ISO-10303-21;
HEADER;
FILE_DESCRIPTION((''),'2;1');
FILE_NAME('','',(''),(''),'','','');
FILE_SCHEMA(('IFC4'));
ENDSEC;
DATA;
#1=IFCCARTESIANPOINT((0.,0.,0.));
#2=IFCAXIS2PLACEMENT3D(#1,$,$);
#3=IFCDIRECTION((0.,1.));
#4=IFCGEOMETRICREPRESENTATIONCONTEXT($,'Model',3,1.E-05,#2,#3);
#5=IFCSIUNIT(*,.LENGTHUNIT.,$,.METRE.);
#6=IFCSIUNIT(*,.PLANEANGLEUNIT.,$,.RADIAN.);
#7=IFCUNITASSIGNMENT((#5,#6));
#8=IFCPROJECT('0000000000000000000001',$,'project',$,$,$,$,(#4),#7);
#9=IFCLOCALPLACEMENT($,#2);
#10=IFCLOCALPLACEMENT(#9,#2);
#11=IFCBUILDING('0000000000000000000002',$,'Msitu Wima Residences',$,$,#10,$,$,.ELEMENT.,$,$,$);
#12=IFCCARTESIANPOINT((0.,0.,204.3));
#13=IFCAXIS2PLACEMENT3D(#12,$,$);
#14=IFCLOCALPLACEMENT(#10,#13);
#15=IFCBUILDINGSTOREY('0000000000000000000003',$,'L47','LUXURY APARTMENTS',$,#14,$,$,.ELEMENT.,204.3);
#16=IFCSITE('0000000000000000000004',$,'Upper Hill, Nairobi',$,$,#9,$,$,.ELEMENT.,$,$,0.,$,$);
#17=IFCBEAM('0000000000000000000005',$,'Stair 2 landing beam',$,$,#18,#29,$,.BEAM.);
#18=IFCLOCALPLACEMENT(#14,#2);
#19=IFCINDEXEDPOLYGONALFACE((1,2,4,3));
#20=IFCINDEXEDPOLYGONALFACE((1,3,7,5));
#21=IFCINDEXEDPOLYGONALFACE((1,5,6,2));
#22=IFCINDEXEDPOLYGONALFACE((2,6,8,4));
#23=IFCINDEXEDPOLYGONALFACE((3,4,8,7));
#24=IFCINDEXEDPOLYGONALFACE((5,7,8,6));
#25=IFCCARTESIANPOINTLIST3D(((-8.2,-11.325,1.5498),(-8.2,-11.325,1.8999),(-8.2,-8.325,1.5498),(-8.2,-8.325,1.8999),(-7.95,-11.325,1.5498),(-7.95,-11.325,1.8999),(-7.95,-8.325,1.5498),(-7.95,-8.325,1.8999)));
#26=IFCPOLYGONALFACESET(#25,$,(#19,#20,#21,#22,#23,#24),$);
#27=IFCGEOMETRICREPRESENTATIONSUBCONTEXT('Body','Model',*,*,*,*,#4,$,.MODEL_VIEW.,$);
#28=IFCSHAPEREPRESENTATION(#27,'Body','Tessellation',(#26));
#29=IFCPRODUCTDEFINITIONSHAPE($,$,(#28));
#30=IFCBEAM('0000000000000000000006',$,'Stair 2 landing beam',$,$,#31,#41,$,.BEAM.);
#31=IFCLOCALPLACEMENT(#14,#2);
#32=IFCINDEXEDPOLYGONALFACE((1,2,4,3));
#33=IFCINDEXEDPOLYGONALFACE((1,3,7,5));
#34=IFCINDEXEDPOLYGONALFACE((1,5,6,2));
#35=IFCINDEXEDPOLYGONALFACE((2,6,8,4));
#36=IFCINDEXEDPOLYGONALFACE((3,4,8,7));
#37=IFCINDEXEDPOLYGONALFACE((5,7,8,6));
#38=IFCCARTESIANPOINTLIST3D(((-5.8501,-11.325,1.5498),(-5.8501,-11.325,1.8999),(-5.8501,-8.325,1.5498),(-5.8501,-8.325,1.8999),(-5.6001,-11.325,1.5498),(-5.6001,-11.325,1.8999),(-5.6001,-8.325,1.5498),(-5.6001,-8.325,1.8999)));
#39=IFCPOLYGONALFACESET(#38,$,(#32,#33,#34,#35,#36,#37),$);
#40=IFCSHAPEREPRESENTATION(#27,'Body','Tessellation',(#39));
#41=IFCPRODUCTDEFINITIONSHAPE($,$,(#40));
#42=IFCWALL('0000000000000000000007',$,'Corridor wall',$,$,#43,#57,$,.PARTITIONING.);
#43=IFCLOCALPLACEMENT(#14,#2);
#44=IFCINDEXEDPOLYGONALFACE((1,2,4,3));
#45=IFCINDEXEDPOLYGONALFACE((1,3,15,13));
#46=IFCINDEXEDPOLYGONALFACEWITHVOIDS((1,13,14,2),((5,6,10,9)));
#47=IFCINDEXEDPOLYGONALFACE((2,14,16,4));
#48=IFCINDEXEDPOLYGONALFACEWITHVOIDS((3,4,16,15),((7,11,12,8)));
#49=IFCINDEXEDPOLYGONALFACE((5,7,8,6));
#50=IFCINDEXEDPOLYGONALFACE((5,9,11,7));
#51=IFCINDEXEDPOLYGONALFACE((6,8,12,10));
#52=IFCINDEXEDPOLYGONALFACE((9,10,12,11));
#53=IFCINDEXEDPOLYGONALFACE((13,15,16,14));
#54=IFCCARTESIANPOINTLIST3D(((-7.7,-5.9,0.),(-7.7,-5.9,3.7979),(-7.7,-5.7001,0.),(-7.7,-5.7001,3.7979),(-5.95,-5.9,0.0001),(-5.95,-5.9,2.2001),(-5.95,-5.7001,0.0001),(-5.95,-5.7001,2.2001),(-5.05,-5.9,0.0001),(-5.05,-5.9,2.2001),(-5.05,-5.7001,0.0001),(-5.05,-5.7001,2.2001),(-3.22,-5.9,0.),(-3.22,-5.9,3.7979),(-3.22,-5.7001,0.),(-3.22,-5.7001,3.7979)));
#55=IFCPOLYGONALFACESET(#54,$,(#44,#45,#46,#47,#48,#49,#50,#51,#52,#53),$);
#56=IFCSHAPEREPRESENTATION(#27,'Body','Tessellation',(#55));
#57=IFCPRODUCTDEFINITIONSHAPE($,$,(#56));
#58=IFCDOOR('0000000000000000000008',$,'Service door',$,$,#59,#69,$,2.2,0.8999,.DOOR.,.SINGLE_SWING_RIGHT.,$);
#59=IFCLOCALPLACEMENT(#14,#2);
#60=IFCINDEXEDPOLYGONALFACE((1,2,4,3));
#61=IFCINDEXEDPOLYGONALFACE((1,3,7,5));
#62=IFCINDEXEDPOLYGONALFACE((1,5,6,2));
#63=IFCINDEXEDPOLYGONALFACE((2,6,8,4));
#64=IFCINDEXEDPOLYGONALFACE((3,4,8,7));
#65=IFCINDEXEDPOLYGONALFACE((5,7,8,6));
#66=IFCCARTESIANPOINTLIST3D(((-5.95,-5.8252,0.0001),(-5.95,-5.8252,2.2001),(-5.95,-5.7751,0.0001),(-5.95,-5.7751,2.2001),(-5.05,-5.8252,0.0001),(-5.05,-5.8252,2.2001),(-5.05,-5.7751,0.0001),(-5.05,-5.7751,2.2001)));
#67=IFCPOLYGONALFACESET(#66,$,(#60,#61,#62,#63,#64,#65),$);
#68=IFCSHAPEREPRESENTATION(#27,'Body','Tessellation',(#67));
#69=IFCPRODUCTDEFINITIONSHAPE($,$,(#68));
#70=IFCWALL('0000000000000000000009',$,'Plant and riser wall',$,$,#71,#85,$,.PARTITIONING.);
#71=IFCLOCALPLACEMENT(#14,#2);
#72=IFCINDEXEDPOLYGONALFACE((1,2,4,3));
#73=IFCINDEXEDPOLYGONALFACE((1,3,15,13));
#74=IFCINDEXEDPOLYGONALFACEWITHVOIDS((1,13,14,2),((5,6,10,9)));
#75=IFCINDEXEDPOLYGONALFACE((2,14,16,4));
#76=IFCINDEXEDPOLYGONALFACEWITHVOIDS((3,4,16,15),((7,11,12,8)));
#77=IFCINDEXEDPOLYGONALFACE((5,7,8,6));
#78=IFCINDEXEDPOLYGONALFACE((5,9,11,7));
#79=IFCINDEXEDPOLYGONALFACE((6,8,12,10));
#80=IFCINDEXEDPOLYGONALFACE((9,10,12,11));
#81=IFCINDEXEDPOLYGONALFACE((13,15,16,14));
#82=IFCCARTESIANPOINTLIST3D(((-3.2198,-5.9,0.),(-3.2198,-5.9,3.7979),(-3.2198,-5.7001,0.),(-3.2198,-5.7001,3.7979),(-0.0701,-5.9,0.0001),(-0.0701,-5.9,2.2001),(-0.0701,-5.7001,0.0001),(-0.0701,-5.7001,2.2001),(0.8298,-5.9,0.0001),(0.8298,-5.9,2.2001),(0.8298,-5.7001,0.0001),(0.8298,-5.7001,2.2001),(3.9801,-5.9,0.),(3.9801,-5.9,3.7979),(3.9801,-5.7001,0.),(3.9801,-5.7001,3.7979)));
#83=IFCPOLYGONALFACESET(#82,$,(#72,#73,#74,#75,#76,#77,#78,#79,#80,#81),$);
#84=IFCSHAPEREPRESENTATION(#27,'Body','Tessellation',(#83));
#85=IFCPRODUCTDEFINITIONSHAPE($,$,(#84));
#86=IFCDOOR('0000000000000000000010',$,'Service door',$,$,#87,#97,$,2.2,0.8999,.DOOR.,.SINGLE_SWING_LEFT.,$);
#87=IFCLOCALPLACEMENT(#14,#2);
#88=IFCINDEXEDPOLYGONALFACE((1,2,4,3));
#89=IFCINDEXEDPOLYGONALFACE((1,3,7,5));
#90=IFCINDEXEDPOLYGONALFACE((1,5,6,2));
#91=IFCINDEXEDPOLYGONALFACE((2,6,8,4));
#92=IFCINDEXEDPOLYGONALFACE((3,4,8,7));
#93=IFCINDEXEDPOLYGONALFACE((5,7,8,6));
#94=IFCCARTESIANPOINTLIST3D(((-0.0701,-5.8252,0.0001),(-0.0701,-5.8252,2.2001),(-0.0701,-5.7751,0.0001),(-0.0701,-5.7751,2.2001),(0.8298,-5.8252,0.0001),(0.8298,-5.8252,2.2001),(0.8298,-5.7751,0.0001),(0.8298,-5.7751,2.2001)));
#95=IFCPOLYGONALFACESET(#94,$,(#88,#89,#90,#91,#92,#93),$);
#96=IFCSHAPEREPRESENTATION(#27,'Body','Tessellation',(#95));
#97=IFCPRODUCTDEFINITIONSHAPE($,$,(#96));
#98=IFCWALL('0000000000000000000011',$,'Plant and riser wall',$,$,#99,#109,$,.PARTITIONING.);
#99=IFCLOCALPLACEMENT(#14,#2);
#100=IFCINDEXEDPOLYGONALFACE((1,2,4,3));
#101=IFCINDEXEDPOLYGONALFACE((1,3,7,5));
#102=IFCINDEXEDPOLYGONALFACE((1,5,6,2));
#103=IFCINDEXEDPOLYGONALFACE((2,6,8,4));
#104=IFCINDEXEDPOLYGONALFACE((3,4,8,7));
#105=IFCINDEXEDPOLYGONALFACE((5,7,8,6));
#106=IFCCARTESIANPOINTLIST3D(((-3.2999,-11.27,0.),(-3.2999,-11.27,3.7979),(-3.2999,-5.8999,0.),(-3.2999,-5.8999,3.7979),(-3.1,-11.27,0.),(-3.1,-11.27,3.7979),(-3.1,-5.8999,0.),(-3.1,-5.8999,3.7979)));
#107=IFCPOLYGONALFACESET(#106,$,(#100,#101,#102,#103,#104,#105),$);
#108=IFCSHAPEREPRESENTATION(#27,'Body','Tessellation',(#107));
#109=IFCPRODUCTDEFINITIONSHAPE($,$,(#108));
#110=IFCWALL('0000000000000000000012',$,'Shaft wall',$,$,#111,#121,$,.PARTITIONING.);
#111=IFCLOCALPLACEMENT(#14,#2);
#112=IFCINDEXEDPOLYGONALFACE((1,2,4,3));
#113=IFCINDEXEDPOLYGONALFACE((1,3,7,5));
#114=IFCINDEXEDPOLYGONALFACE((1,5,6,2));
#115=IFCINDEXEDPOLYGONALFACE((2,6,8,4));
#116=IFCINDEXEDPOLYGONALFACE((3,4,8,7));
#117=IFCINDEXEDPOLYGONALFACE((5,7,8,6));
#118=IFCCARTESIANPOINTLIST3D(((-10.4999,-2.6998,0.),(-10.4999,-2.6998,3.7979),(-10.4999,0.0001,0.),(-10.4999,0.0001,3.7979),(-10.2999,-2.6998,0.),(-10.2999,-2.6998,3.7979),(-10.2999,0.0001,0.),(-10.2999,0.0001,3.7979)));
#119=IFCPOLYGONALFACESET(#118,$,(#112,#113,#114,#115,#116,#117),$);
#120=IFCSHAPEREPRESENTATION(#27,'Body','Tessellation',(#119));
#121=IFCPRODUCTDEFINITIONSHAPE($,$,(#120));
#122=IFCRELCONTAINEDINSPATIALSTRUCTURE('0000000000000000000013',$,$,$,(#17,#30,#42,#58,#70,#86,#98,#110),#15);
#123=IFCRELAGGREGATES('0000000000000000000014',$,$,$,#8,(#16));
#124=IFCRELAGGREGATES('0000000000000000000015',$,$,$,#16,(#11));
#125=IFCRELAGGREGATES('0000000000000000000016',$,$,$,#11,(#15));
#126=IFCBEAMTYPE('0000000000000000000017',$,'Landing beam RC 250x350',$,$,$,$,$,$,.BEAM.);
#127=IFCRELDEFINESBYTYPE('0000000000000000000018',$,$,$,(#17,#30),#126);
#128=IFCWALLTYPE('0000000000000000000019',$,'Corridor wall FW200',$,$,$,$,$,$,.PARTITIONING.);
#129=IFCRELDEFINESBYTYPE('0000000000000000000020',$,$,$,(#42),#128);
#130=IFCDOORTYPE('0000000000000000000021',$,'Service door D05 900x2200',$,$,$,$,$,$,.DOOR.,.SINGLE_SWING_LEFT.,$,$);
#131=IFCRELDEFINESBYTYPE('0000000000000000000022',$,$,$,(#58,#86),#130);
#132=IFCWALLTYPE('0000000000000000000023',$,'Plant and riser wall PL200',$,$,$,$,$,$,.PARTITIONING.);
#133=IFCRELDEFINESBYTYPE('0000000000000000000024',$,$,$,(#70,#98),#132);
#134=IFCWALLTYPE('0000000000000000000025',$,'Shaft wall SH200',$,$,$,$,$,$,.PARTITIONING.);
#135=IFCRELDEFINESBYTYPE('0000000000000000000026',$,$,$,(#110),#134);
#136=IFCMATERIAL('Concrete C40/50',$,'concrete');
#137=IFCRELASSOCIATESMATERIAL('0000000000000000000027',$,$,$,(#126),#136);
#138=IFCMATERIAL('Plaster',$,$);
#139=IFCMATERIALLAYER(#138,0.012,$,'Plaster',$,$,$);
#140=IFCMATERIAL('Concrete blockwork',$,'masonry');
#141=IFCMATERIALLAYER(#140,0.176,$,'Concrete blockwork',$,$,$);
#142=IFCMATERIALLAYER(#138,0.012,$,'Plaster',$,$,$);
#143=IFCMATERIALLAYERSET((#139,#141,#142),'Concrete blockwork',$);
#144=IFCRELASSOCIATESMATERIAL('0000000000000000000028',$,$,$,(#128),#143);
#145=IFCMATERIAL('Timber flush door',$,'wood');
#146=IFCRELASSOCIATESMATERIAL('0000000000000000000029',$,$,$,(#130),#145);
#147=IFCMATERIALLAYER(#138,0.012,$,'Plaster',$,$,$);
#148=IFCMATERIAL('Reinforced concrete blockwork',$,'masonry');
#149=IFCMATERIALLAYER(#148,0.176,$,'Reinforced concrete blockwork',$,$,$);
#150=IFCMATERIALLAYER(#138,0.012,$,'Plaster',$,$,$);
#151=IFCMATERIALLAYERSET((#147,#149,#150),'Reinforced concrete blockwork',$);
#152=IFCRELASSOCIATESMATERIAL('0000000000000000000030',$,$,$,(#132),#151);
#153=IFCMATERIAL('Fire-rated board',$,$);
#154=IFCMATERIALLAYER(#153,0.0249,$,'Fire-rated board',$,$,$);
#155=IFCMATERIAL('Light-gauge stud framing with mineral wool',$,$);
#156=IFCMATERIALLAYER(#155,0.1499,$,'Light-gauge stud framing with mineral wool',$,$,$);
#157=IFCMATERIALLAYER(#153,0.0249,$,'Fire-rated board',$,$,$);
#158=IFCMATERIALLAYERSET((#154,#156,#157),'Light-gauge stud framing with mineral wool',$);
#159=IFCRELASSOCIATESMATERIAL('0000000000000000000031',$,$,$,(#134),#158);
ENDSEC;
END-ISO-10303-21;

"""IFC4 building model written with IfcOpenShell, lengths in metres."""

from ifc_helpers import new_model, si_unit, direction, frame, frame_2d, origin, origin_2d, place, context, subcontext, project, spatial, rectangle, extrude, material, layer, layer_set, material_profile, profile_set, type_object, element, fill, save


model = new_model("IFC4")

# Units and contexts
model_context = context("Model", 3, precision=1e-05, world=origin(), true_north=direction((0.0, 1.0)))
body_context = subcontext(model_context, "Body", "Model", "MODEL_VIEW")
ifc_project = project(units=[si_unit("LENGTHUNIT", "METRE"), si_unit("PLANEANGLEUNIT", "RADIAN")], contexts=[model_context])

# Site, building, storey
site_placement = place(None, origin())
site = spatial("IfcSite", under=ifc_project, at=site_placement, Name="Upper Hill, Nairobi", CompositionType="ELEMENT", RefElevation=0.0)
building_placement = place(site_placement, origin())
building = spatial("IfcBuilding", under=site, at=building_placement, Name="Msitu Wima Residences", CompositionType="ELEMENT")
storey_placement = place(building_placement, frame((0.0, 0.0, 204.3)))
storey = spatial("IfcBuildingStorey", under=building, at=storey_placement, Name="L47", Description="LUXURY APARTMENTS", CompositionType="ELEMENT", Elevation=204.3)

# Beams
ifc_material_1 = material(Name="Concrete C40/50", Category="concrete")
ifc_material_profile = material_profile(ifc_material_1, rectangle(XDim=0.25, YDim=0.3501, at=origin_2d()), Name="RC 250x350")
ifc_profile_set = profile_set([ifc_material_profile], Name="Concrete C40/50")
beam_type = type_object("IfcBeamType", Name="Landing beam RC 250x350", PredefinedType="BEAM", material=ifc_profile_set)
for number, where, z_axis, x_axis, name in (
    (1, (-8.075, -11.325, 1.7249), (0.0, 1.0, 0.0), (-1.0, 0.0, 0.0), "Stair 2 landing beam"),
    (2, (-5.7251, -11.325, 1.7249), (0.0, 1.0, 0.0), (-1.0, 0.0, 0.0), "Stair 2 landing beam"),
):
    element("IfcBeam", number, at=place(storey_placement, frame(where, z_axis=z_axis, x_axis=x_axis)), inside=storey, type_object=beam_type, Name=name, PredefinedType="BEAM", context=body_context, shape_type="SweptSolid", body=[
        extrude(rectangle(XDim=0.25, YDim=0.3501, at=origin_2d()), origin(), (0.0, 0.0, 1.0), 3.0),
    ])

# Walls, openings, doors
ifc_material_2 = material(Name="Plaster")
ifc_layer_1 = layer(ifc_material_2, 0.012, Name="Plaster")
ifc_material_3 = material(Name="Concrete blockwork", Category="masonry")
ifc_layer_2 = layer(ifc_material_3, 0.176, Name="Concrete blockwork")
ifc_layer_3 = layer(ifc_material_2, 0.012, Name="Plaster")
ifc_layer_set_1 = layer_set([ifc_layer_1, ifc_layer_2, ifc_layer_3], Name="Concrete blockwork")
wall_type_1 = type_object("IfcWallType", Name="Corridor wall FW200", PredefinedType="PARTITIONING", material=ifc_layer_set_1)
wall_1_placement = place(storey_placement, frame((-7.7, -5.8, 0.0), z_axis=(0.0, 0.0, 1.0), x_axis=(1.0, 0.0, 0.0)))
wall_1 = element("IfcWall", 3, at=wall_1_placement, inside=storey, type_object=wall_type_1, Name="Corridor wall", PredefinedType="PARTITIONING", context=body_context, shape_type="SweptSolid", body=[
    extrude(rectangle(XDim=4.48, YDim=0.2, at=frame_2d((2.24, 0.0))), origin(), (0.0, 0.0, 1.0), 3.7979),
])
opening_1_placement = place(wall_1_placement, frame((1.75, 0.0, 0.0)))
opening_1 = element("IfcOpeningElement", 4, at=opening_1_placement, cuts=wall_1, PredefinedType="OPENING", context=body_context, shape_type="SweptSolid", body=[
    extrude(rectangle(XDim=0.8999, YDim=2.2, at=frame_2d((0.45, 1.1001))), frame((0.0, 0.1099, 0.0), z_axis=(0.0, -1.0, 0.0), x_axis=(1.0, 0.0, 0.0)), (0.0, 0.0, 1.0), 0.22),
])
ifc_material_4 = material(Name="Timber flush door", Category="wood")
door_type_1 = type_object("IfcDoorType", Name="Service door D05 900x2200", OperationType="SINGLE_SWING_LEFT", PredefinedType="DOOR", material=ifc_material_4)
door_1_placement = place(opening_1_placement, origin())
door_1 = element("IfcDoor", 5, at=door_1_placement, inside=storey, type_object=door_type_1, Name="Service door", OperationType="SINGLE_SWING_RIGHT", OverallHeight=2.2, OverallWidth=0.8999, PredefinedType="DOOR", context=body_context, shape_type="SweptSolid", body=[
    extrude(rectangle(XDim=0.8999, YDim=2.2, at=frame_2d((0.45, 1.1001))), frame((0.0, 0.0249, 0.0), z_axis=(0.0, -1.0, 0.0), x_axis=(1.0, 0.0, 0.0)), (0.0, 0.0, 1.0), 0.05),
])
fill(opening_1, door_1)
ifc_layer_4 = layer(ifc_material_2, 0.012, Name="Plaster")
ifc_material_5 = material(Name="Reinforced concrete blockwork", Category="masonry")
ifc_layer_5 = layer(ifc_material_5, 0.176, Name="Reinforced concrete blockwork")
ifc_layer_6 = layer(ifc_material_2, 0.012, Name="Plaster")
ifc_layer_set_2 = layer_set([ifc_layer_4, ifc_layer_5, ifc_layer_6], Name="Reinforced concrete blockwork")
wall_type_2 = type_object("IfcWallType", Name="Plant and riser wall PL200", PredefinedType="PARTITIONING", material=ifc_layer_set_2)
wall_2_placement = place(storey_placement, frame((-3.22, -5.8, 0.0), z_axis=(0.0, 0.0, 1.0), x_axis=(1.0, 0.0, 0.0)))
wall_2 = element("IfcWall", 6, at=wall_2_placement, inside=storey, type_object=wall_type_2, Name="Plant and riser wall", PredefinedType="PARTITIONING", context=body_context, shape_type="SweptSolid", body=[
    extrude(rectangle(XDim=7.2, YDim=0.2, at=frame_2d((3.6001, 0.0))), origin(), (0.0, 0.0, 1.0), 3.7979),
])
opening_2_placement = place(wall_2_placement, frame((3.1499, 0.0, 0.0)))
opening_2 = element("IfcOpeningElement", 7, at=opening_2_placement, cuts=wall_2, PredefinedType="OPENING", context=body_context, shape_type="SweptSolid", body=[
    extrude(rectangle(XDim=0.8999, YDim=2.2, at=frame_2d((0.45, 1.1001))), frame((0.0, 0.1099, 0.0), z_axis=(0.0, -1.0, 0.0), x_axis=(1.0, 0.0, 0.0)), (0.0, 0.0, 1.0), 0.22),
])
door_2_placement = place(opening_2_placement, origin())
door_2 = element("IfcDoor", 8, at=door_2_placement, inside=storey, type_object=door_type_1, Name="Service door", OperationType="SINGLE_SWING_LEFT", OverallHeight=2.2, OverallWidth=0.8999, PredefinedType="DOOR", context=body_context, shape_type="SweptSolid", body=[
    extrude(rectangle(XDim=0.8999, YDim=2.2, at=frame_2d((0.45, 1.1001))), frame((0.0, 0.0249, 0.0), z_axis=(0.0, -1.0, 0.0), x_axis=(1.0, 0.0, 0.0)), (0.0, 0.0, 1.0), 0.05),
])
fill(opening_2, door_2)

# Walls
wall_3_placement = place(storey_placement, frame((-3.2, -11.27, 0.0), z_axis=(0.0, 0.0, 1.0), x_axis=(0.0, 1.0, 0.0)))
element("IfcWall", 9, at=wall_3_placement, inside=storey, type_object=wall_type_2, Name="Plant and riser wall", PredefinedType="PARTITIONING", context=body_context, shape_type="SweptSolid", body=[
    extrude(rectangle(XDim=5.3701, YDim=0.2, at=frame_2d((2.6851, 0.0))), origin(), (0.0, 0.0, 1.0), 3.7979),
])
ifc_material_6 = material(Name="Fire-rated board")
ifc_layer_7 = layer(ifc_material_6, 0.0249, Name="Fire-rated board")
ifc_material_7 = material(Name="Light-gauge stud framing with mineral wool")
ifc_layer_8 = layer(ifc_material_7, 0.1499, Name="Light-gauge stud framing with mineral wool")
ifc_layer_9 = layer(ifc_material_6, 0.0249, Name="Fire-rated board")
ifc_layer_set_3 = layer_set([ifc_layer_7, ifc_layer_8, ifc_layer_9], Name="Light-gauge stud framing with mineral wool")
wall_type_3 = type_object("IfcWallType", Name="Shaft wall SH200", PredefinedType="PARTITIONING", material=ifc_layer_set_3)
wall_4_placement = place(storey_placement, frame((-10.3999, -2.7, 0.0), z_axis=(0.0, 0.0, 1.0), x_axis=(0.0, 1.0, 0.0)))
element("IfcWall", 10, at=wall_4_placement, inside=storey, type_object=wall_type_3, Name="Shaft wall", PredefinedType="PARTITIONING", context=body_context, shape_type="SweptSolid", body=[
    extrude(rectangle(XDim=2.7, YDim=0.2, at=frame_2d((1.3501, 0.0))), origin(), (0.0, 0.0, 1.0), 3.7979),
])

save(model, "model.ifc")
